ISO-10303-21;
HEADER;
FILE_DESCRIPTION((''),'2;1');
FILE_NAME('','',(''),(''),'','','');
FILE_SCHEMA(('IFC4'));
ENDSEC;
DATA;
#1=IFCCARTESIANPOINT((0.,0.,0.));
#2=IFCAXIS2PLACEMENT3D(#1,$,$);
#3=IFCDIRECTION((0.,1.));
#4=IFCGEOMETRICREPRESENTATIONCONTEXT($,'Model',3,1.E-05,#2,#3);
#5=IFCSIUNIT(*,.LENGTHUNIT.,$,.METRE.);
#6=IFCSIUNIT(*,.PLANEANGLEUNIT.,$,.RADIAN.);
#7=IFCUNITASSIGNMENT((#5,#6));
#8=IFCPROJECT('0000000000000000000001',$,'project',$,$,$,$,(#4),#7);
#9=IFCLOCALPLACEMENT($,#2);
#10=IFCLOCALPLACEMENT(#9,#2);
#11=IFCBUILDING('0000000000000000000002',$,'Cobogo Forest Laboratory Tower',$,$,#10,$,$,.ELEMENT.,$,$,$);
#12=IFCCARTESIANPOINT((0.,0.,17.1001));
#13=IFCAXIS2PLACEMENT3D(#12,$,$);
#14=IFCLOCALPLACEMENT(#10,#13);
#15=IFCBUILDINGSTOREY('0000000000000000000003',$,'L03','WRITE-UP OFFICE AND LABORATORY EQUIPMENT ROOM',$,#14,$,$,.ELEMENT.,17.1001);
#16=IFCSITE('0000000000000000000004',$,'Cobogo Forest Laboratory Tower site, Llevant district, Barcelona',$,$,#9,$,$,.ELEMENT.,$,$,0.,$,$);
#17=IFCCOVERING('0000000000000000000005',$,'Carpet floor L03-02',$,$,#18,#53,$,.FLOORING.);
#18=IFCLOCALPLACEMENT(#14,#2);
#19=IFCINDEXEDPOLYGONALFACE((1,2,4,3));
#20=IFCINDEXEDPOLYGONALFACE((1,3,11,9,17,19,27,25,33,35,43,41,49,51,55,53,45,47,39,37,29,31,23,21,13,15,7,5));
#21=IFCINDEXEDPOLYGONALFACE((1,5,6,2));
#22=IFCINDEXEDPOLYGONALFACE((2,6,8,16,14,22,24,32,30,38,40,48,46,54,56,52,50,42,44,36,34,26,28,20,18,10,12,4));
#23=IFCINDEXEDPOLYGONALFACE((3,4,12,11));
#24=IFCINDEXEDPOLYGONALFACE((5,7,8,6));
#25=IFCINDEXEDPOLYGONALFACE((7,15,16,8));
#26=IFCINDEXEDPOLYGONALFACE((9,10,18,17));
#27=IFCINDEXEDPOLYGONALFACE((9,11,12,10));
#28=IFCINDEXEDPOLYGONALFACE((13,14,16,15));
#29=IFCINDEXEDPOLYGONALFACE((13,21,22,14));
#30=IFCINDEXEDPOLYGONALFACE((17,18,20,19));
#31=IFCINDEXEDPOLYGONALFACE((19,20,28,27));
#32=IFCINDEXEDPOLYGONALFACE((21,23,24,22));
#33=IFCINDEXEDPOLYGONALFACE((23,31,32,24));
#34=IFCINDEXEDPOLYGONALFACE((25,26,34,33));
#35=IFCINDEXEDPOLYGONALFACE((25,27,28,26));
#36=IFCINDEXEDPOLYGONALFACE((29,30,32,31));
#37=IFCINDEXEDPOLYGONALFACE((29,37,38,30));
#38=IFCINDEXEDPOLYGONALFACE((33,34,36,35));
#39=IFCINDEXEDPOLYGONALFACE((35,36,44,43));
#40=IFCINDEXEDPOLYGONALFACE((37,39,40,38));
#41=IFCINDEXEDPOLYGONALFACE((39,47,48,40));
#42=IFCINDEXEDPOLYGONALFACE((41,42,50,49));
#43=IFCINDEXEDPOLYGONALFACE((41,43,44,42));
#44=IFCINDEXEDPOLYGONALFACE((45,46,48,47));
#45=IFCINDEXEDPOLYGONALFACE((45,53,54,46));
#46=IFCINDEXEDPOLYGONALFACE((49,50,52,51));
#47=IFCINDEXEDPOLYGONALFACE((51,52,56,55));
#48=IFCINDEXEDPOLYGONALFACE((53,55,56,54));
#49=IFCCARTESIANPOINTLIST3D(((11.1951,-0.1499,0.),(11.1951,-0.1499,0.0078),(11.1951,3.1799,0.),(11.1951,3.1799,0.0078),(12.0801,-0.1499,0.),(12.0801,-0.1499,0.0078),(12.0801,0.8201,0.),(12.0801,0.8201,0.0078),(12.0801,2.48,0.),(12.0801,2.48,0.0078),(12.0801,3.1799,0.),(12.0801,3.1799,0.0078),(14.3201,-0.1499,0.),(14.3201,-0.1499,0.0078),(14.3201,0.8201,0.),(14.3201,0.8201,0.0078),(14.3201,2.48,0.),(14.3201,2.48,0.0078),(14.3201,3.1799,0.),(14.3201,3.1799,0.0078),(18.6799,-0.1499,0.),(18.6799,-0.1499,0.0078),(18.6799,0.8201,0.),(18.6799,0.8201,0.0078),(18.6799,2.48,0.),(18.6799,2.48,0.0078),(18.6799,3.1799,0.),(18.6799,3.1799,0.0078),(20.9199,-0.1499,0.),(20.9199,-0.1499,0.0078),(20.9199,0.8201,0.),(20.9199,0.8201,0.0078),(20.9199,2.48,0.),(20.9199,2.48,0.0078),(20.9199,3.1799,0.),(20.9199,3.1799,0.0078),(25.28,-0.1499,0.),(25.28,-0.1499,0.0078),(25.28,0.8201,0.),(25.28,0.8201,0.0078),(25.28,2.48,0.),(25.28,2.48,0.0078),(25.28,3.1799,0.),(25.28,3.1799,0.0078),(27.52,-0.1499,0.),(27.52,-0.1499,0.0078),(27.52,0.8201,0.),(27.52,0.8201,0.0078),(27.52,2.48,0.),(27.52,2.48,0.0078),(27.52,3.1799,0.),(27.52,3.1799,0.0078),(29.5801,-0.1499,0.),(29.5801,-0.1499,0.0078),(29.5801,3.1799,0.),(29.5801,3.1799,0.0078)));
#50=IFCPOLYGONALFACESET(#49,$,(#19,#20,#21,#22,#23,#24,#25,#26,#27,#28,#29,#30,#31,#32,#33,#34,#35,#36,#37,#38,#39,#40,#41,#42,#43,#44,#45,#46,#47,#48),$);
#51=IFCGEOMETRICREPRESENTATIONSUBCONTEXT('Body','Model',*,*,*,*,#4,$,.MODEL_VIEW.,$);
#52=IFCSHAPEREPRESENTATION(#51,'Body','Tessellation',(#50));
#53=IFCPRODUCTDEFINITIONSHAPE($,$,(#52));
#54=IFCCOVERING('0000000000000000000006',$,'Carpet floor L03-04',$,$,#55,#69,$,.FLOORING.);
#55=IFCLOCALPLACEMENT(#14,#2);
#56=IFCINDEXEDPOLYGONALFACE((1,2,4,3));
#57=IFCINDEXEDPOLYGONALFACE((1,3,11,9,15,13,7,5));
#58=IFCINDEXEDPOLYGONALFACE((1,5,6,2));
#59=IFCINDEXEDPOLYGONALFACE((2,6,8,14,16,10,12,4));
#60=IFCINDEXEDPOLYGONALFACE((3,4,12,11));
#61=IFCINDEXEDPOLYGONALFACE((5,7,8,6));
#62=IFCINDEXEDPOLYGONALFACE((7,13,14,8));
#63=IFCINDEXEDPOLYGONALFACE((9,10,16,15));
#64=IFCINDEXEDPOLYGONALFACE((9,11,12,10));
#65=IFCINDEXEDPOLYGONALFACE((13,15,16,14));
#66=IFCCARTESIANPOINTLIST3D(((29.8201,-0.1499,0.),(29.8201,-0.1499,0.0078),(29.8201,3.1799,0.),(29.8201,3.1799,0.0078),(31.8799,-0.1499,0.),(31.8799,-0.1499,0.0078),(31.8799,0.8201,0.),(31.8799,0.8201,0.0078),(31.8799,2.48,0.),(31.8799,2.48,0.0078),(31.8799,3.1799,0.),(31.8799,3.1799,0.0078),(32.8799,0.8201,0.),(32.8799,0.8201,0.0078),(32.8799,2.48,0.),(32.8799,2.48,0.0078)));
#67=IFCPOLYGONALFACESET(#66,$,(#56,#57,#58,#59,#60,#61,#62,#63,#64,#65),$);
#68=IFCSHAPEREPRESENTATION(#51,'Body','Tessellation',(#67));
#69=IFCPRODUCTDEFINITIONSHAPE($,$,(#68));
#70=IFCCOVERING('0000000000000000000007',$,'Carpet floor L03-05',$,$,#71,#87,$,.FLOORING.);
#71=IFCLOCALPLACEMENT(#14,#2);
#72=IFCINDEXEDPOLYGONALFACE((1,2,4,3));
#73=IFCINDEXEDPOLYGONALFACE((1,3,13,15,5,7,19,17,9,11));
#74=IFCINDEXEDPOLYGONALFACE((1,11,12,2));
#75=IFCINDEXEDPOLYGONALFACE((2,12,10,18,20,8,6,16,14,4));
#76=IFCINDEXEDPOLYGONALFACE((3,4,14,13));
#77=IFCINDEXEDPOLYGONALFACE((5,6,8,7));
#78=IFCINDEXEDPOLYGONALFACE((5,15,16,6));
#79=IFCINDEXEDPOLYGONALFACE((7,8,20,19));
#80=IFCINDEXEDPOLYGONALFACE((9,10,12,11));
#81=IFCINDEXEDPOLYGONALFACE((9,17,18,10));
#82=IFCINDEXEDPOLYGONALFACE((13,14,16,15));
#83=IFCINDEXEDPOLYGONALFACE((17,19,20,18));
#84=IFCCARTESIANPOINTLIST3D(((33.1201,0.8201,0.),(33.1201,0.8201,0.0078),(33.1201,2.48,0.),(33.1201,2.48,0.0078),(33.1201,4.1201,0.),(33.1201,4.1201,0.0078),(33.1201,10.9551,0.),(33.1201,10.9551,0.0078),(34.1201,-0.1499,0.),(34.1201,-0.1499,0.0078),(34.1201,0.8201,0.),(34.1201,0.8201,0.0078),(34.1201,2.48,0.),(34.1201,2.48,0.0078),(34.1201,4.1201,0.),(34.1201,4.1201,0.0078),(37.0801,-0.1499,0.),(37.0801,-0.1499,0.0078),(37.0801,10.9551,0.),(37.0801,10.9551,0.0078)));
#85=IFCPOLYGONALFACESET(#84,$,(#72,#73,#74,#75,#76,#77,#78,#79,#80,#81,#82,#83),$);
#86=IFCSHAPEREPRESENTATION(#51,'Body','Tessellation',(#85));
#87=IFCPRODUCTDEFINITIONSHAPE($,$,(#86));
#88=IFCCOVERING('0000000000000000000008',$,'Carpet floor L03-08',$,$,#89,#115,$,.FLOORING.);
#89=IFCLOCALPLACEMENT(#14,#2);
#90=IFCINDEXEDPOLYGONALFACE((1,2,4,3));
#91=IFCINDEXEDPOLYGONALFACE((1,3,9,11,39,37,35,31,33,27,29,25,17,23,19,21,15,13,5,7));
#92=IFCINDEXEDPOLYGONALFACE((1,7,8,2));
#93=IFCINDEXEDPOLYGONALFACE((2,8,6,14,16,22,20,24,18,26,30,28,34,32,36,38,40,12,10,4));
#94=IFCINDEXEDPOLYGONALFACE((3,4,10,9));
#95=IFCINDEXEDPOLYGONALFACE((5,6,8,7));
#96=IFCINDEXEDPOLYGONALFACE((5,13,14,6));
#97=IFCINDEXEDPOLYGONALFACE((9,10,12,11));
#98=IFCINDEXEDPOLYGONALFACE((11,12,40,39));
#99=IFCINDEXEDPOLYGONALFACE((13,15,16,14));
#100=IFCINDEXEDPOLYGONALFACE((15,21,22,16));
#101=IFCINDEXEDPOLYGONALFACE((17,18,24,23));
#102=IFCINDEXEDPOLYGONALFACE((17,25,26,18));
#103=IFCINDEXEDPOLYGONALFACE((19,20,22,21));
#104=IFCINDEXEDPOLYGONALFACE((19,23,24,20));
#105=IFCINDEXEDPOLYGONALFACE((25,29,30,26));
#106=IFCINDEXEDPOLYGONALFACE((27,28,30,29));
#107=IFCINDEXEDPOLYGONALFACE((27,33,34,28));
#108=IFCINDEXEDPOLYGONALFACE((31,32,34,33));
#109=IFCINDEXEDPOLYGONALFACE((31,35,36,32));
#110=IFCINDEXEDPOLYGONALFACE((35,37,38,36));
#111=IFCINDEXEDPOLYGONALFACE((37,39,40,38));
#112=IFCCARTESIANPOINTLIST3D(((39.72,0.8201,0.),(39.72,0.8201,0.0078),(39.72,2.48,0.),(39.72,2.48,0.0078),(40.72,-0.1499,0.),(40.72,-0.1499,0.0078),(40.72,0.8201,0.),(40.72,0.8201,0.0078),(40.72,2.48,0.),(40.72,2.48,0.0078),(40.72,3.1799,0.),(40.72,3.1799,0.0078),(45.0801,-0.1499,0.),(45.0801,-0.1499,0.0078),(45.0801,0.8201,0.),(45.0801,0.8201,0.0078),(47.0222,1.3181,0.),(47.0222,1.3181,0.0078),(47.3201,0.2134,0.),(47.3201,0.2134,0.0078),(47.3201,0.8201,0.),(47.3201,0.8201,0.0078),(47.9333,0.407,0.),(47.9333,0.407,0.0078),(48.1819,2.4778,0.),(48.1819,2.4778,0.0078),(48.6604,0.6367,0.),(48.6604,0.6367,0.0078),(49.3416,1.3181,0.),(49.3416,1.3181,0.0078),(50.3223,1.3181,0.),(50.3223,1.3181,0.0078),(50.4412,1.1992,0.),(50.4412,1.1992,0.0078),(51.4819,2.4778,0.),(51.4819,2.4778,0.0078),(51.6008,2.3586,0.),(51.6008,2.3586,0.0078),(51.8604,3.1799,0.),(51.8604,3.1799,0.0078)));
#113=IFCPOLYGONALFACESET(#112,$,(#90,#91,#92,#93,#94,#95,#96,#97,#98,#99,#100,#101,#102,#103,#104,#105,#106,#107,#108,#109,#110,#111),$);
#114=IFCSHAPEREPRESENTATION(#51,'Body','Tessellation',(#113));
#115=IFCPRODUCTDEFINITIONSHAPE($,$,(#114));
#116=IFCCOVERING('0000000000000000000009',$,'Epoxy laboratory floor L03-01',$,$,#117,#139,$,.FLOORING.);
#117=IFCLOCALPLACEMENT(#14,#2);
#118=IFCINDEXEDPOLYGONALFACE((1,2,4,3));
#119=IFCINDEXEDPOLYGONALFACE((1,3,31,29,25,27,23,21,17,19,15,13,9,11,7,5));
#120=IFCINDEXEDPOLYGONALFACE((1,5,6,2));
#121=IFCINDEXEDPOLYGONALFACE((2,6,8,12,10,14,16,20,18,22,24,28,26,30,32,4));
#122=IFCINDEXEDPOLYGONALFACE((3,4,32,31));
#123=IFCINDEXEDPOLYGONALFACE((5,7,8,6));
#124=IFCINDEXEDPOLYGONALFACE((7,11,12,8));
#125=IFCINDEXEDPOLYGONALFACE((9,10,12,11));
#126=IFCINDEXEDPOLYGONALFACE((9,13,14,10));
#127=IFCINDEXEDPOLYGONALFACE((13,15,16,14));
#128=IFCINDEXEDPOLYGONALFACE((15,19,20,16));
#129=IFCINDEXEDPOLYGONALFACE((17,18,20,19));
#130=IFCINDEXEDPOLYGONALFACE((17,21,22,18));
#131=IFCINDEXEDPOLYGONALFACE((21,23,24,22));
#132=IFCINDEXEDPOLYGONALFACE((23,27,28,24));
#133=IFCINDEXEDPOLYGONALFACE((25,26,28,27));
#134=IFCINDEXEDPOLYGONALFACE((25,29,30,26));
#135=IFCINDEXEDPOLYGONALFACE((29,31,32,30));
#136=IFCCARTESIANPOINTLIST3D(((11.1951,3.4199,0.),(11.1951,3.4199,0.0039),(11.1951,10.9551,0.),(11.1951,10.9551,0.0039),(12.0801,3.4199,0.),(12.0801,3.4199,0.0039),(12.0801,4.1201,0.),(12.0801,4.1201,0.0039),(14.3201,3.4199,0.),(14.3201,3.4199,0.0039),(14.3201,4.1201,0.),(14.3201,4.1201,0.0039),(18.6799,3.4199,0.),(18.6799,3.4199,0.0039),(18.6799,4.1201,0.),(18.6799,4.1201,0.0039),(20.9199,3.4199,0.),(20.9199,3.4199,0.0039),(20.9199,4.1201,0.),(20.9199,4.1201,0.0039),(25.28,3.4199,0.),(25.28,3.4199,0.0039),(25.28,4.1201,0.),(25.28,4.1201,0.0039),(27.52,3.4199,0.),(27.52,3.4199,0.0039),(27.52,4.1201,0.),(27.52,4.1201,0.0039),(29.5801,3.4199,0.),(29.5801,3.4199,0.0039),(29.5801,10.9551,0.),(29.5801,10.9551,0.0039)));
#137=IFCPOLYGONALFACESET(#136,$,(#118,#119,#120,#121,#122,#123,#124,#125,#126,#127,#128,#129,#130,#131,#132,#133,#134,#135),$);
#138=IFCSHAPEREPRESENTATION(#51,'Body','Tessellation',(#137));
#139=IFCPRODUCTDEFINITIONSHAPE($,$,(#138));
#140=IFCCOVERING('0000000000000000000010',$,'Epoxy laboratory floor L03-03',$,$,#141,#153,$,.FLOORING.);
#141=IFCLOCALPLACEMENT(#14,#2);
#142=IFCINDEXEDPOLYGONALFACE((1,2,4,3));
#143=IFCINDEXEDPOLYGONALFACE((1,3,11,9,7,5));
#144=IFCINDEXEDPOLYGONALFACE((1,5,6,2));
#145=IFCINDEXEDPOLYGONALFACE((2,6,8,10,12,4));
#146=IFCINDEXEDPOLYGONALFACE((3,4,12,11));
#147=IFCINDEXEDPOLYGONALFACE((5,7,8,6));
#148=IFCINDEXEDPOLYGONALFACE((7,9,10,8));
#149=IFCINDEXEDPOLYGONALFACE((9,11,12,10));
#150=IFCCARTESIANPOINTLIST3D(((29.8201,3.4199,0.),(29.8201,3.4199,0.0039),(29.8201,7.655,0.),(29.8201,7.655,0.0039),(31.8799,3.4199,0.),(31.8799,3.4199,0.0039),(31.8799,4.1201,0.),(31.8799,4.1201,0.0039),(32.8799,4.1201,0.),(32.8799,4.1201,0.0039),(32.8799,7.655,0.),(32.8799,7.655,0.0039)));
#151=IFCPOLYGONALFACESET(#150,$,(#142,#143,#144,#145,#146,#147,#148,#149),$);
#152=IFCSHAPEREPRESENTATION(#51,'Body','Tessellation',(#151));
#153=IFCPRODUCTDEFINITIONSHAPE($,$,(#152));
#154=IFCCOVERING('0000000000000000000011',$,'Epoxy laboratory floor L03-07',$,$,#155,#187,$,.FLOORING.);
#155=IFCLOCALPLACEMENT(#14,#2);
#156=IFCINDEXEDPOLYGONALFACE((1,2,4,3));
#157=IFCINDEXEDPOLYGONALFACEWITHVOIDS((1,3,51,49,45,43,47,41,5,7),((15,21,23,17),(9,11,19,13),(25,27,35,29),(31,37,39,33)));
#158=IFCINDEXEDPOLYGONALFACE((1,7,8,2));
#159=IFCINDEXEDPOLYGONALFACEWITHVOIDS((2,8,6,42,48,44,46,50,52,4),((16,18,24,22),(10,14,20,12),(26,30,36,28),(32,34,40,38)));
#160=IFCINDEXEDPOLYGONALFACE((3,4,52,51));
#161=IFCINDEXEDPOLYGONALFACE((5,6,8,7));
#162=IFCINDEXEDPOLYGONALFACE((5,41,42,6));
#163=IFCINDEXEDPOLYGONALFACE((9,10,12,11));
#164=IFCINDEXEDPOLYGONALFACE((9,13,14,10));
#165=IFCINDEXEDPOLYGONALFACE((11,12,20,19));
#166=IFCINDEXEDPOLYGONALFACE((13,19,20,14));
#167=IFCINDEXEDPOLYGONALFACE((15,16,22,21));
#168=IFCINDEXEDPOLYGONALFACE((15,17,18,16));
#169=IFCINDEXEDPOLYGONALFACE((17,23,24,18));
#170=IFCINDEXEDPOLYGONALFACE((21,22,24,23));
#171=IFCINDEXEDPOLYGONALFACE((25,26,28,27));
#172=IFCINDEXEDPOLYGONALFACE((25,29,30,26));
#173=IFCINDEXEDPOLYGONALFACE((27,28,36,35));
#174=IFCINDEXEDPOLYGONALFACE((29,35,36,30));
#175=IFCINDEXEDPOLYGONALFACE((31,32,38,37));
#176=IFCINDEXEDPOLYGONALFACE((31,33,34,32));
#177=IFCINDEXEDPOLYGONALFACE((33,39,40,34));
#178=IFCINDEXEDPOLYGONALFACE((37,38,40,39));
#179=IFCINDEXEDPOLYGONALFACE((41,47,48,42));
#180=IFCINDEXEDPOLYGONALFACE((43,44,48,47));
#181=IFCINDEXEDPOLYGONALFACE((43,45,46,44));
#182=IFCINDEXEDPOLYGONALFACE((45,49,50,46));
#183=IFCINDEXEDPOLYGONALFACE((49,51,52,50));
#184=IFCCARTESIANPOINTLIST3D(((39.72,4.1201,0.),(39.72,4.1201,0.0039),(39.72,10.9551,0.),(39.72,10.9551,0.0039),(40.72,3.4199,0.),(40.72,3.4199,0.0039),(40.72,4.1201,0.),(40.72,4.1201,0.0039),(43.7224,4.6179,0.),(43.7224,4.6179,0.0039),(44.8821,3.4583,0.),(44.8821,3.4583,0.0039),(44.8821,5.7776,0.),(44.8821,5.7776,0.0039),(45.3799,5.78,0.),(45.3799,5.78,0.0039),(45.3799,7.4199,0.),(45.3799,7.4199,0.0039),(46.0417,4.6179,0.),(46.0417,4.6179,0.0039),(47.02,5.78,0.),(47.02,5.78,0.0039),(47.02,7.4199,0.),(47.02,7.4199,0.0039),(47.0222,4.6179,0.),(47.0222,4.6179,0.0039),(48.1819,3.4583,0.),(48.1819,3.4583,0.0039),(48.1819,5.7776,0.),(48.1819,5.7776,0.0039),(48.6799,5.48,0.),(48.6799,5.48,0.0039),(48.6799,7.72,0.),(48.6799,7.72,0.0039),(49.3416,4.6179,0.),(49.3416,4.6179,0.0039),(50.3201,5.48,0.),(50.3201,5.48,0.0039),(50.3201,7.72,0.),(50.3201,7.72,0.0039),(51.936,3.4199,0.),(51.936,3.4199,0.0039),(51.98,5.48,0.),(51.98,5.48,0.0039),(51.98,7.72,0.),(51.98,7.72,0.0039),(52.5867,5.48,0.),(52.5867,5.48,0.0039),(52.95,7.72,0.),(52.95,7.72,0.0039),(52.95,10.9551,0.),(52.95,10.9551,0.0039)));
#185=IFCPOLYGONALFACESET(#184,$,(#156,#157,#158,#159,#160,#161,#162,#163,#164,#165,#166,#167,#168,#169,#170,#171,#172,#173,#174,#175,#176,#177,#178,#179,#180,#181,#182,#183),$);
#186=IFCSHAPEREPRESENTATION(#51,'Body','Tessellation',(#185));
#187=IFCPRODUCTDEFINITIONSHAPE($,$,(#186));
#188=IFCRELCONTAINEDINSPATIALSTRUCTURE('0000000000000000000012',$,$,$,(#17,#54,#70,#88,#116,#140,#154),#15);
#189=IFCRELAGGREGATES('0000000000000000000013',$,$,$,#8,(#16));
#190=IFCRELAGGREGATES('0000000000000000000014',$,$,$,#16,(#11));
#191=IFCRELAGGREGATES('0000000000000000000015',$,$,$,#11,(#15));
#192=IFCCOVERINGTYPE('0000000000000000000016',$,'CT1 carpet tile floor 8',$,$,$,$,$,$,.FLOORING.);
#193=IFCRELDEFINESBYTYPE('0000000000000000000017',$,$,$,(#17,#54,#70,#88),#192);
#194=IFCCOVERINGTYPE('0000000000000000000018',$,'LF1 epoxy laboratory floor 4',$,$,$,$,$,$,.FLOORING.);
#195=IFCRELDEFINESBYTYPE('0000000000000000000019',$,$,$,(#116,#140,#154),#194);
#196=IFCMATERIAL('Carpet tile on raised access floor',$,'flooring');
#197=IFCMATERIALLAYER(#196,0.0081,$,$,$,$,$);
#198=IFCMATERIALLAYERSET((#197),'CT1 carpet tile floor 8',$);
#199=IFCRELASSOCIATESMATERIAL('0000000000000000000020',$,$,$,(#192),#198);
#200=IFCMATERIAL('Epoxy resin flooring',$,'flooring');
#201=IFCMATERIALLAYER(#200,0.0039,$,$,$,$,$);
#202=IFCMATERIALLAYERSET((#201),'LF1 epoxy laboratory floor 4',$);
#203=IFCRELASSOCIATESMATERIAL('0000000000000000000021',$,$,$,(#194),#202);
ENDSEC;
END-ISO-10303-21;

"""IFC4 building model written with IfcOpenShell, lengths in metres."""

from ifc_helpers import new_model, si_unit, direction, frame, origin, place, context, subcontext, project, spatial, polyline, outline, extrude, material, layer, layer_set, type_object, element, save


model = new_model("IFC4")

# Units and contexts
model_context = context("Model", 3, precision=1e-05, world=origin(), true_north=direction((0.0, 1.0)))
body_context = subcontext(model_context, "Body", "Model", "MODEL_VIEW")
ifc_project = project(units=[si_unit("LENGTHUNIT", "METRE"), si_unit("PLANEANGLEUNIT", "RADIAN")], contexts=[model_context])

# Site, building, storey
site_placement = place(None, origin())
site = spatial("IfcSite", under=ifc_project, at=site_placement, Name="Cobogo Forest Laboratory Tower site, Llevant district, Barcelona", CompositionType="ELEMENT", RefElevation=0.0)
building_placement = place(site_placement, origin())
building = spatial("IfcBuilding", under=site, at=building_placement, Name="Cobogo Forest Laboratory Tower", CompositionType="ELEMENT")
storey_placement = place(building_placement, frame((0.0, 0.0, 17.1001)))
storey = spatial("IfcBuildingStorey", under=building, at=storey_placement, Name="L03", Description="WRITE-UP OFFICE AND LABORATORY EQUIPMENT ROOM", CompositionType="ELEMENT", Elevation=17.1001)

# Coverings
ifc_material_1 = material(Name="Carpet tile on raised access floor", Category="flooring")
ifc_layer_1 = layer(ifc_material_1, 0.0081)
ifc_layer_set_1 = layer_set([ifc_layer_1], Name="CT1 carpet tile floor 8")
covering_type_1 = type_object("IfcCoveringType", Name="CT1 carpet tile floor 8", PredefinedType="FLOORING", material=ifc_layer_set_1)
covering_1_placement = place(storey_placement, origin())
element("IfcCovering", 1, at=covering_1_placement, inside=storey, type_object=covering_type_1, Name="Carpet floor L03-02", PredefinedType="FLOORING", context=body_context, shape_type="SweptSolid", body=[
    extrude(outline(polyline([(12.0801, 3.1799), (12.0801, 2.48), (14.3201, 2.48), (14.3201, 3.1799), (18.6799, 3.1799), (18.6799, 2.48), (20.9199, 2.48), (20.9199, 3.1799), (25.28, 3.1799), (25.28, 2.48), (27.52, 2.48), (27.52, 3.1799), (29.5801, 3.1799), (29.5801, -0.1499), (27.52, -0.1499), (27.52, 0.8201), (25.28, 0.8201), (25.28, -0.1499), (20.9199, -0.1499), (20.9199, 0.8201), (18.6799, 0.8201), (18.6799, -0.1499), (14.3201, -0.1499), (14.3201, 0.8201), (12.0801, 0.8201), (12.0801, -0.1499), (11.1951, -0.1499), (11.1951, 3.1799), (12.0801, 3.1799)])), origin(), (0.0, 0.0, 1.0), 0.0078),
])
covering_2_placement = place(storey_placement, origin())
element("IfcCovering", 2, at=covering_2_placement, inside=storey, type_object=covering_type_1, Name="Carpet floor L03-04", PredefinedType="FLOORING", context=body_context, shape_type="SweptSolid", body=[
    extrude(outline(polyline([(31.8799, 3.1799), (31.8799, 2.48), (32.8799, 2.48), (32.8799, 0.8201), (31.8799, 0.8201), (31.8799, -0.1499), (29.8201, -0.1499), (29.8201, 3.1799), (31.8799, 3.1799)])), origin(), (0.0, 0.0, 1.0), 0.0078),
])
covering_3_placement = place(storey_placement, origin())
element("IfcCovering", 3, at=covering_3_placement, inside=storey, type_object=covering_type_1, Name="Carpet floor L03-05", PredefinedType="FLOORING", context=body_context, shape_type="SweptSolid", body=[
    extrude(outline(polyline([(37.0801, 10.9551), (37.0801, -0.1499), (34.1201, -0.1499), (34.1201, 0.8201), (33.1201, 0.8201), (33.1201, 2.48), (34.1201, 2.48), (34.1201, 4.1201), (33.1201, 4.1201), (33.1201, 10.9551), (37.0801, 10.9551)])), origin(), (0.0, 0.0, 1.0), 0.0078),
])
covering_4_placement = place(storey_placement, origin())
element("IfcCovering", 4, at=covering_4_placement, inside=storey, type_object=covering_type_1, Name="Carpet floor L03-08", PredefinedType="FLOORING", context=body_context, shape_type="SweptSolid", body=[
    extrude(outline(polyline([(51.8604, 3.1799), (51.6008, 2.3586), (51.4819, 2.4778), (50.3223, 1.3181), (50.4412, 1.1992), (48.6604, 0.6367), (49.3416, 1.3181), (48.1819, 2.4778), (47.0222, 1.3181), (47.9333, 0.407), (47.3201, 0.2134), (47.3201, 0.8201), (45.0801, 0.8201), (45.0801, -0.1499), (40.72, -0.1499), (40.72, 0.8201), (39.72, 0.8201), (39.72, 2.48), (40.72, 2.48), (40.72, 3.1799), (51.8604, 3.1799)])), origin(), (0.0, 0.0, 1.0), 0.0078),
])
ifc_material_2 = material(Name="Epoxy resin flooring", Category="flooring")
ifc_layer_2 = layer(ifc_material_2, 0.0039)
ifc_layer_set_2 = layer_set([ifc_layer_2], Name="LF1 epoxy laboratory floor 4")
covering_type_2 = type_object("IfcCoveringType", Name="LF1 epoxy laboratory floor 4", PredefinedType="FLOORING", material=ifc_layer_set_2)
covering_5_placement = place(storey_placement, origin())
element("IfcCovering", 5, at=covering_5_placement, inside=storey, type_object=covering_type_2, Name="Epoxy laboratory floor L03-01", PredefinedType="FLOORING", context=body_context, shape_type="SweptSolid", body=[
    extrude(outline(polyline([(11.1951, 10.9551), (29.5801, 10.9551), (29.5801, 3.4199), (27.52, 3.4199), (27.52, 4.1201), (25.28, 4.1201), (25.28, 3.4199), (20.9199, 3.4199), (20.9199, 4.1201), (18.6799, 4.1201), (18.6799, 3.4199), (14.3201, 3.4199), (14.3201, 4.1201), (12.0801, 4.1201), (12.0801, 3.4199), (11.1951, 3.4199), (11.1951, 10.9551)])), origin(), (0.0, 0.0, 1.0), 0.0039),
])
covering_6_placement = place(storey_placement, origin())
element("IfcCovering", 6, at=covering_6_placement, inside=storey, type_object=covering_type_2, Name="Epoxy laboratory floor L03-03", PredefinedType="FLOORING", context=body_context, shape_type="SweptSolid", body=[
    extrude(outline(polyline([(29.8201, 7.655), (32.8799, 7.655), (32.8799, 4.1201), (31.8799, 4.1201), (31.8799, 3.4199), (29.8201, 3.4199), (29.8201, 7.655)])), origin(), (0.0, 0.0, 1.0), 0.0039),
])
covering_7_placement = place(storey_placement, origin())
element("IfcCovering", 7, at=covering_7_placement, inside=storey, type_object=covering_type_2, Name="Epoxy laboratory floor L03-07", PredefinedType="FLOORING", context=body_context, shape_type="SweptSolid", body=[
    extrude(outline(polyline([(39.72, 10.9551), (52.95, 10.9551), (52.95, 7.72), (51.98, 7.72), (51.98, 5.48), (52.5867, 5.48), (51.936, 3.4199), (40.72, 3.4199), (40.72, 4.1201), (39.72, 4.1201), (39.72, 10.9551)]), holes=[polyline([(48.6799, 5.48), (50.3201, 5.48), (50.3201, 7.72), (48.6799, 7.72), (48.6799, 5.48)]), polyline([(48.1819, 5.7776), (47.0222, 4.6179), (48.1819, 3.4583), (49.3416, 4.6179), (48.1819, 5.7776)]), polyline([(45.3799, 7.4199), (45.3799, 5.78), (47.02, 5.78), (47.02, 7.4199), (45.3799, 7.4199)]), polyline([(44.8821, 5.7776), (43.7224, 4.6179), (44.8821, 3.4583), (46.0417, 4.6179), (44.8821, 5.7776)])]), origin(), (0.0, 0.0, 1.0), 0.0039),
])

save(model, "model.ifc")
